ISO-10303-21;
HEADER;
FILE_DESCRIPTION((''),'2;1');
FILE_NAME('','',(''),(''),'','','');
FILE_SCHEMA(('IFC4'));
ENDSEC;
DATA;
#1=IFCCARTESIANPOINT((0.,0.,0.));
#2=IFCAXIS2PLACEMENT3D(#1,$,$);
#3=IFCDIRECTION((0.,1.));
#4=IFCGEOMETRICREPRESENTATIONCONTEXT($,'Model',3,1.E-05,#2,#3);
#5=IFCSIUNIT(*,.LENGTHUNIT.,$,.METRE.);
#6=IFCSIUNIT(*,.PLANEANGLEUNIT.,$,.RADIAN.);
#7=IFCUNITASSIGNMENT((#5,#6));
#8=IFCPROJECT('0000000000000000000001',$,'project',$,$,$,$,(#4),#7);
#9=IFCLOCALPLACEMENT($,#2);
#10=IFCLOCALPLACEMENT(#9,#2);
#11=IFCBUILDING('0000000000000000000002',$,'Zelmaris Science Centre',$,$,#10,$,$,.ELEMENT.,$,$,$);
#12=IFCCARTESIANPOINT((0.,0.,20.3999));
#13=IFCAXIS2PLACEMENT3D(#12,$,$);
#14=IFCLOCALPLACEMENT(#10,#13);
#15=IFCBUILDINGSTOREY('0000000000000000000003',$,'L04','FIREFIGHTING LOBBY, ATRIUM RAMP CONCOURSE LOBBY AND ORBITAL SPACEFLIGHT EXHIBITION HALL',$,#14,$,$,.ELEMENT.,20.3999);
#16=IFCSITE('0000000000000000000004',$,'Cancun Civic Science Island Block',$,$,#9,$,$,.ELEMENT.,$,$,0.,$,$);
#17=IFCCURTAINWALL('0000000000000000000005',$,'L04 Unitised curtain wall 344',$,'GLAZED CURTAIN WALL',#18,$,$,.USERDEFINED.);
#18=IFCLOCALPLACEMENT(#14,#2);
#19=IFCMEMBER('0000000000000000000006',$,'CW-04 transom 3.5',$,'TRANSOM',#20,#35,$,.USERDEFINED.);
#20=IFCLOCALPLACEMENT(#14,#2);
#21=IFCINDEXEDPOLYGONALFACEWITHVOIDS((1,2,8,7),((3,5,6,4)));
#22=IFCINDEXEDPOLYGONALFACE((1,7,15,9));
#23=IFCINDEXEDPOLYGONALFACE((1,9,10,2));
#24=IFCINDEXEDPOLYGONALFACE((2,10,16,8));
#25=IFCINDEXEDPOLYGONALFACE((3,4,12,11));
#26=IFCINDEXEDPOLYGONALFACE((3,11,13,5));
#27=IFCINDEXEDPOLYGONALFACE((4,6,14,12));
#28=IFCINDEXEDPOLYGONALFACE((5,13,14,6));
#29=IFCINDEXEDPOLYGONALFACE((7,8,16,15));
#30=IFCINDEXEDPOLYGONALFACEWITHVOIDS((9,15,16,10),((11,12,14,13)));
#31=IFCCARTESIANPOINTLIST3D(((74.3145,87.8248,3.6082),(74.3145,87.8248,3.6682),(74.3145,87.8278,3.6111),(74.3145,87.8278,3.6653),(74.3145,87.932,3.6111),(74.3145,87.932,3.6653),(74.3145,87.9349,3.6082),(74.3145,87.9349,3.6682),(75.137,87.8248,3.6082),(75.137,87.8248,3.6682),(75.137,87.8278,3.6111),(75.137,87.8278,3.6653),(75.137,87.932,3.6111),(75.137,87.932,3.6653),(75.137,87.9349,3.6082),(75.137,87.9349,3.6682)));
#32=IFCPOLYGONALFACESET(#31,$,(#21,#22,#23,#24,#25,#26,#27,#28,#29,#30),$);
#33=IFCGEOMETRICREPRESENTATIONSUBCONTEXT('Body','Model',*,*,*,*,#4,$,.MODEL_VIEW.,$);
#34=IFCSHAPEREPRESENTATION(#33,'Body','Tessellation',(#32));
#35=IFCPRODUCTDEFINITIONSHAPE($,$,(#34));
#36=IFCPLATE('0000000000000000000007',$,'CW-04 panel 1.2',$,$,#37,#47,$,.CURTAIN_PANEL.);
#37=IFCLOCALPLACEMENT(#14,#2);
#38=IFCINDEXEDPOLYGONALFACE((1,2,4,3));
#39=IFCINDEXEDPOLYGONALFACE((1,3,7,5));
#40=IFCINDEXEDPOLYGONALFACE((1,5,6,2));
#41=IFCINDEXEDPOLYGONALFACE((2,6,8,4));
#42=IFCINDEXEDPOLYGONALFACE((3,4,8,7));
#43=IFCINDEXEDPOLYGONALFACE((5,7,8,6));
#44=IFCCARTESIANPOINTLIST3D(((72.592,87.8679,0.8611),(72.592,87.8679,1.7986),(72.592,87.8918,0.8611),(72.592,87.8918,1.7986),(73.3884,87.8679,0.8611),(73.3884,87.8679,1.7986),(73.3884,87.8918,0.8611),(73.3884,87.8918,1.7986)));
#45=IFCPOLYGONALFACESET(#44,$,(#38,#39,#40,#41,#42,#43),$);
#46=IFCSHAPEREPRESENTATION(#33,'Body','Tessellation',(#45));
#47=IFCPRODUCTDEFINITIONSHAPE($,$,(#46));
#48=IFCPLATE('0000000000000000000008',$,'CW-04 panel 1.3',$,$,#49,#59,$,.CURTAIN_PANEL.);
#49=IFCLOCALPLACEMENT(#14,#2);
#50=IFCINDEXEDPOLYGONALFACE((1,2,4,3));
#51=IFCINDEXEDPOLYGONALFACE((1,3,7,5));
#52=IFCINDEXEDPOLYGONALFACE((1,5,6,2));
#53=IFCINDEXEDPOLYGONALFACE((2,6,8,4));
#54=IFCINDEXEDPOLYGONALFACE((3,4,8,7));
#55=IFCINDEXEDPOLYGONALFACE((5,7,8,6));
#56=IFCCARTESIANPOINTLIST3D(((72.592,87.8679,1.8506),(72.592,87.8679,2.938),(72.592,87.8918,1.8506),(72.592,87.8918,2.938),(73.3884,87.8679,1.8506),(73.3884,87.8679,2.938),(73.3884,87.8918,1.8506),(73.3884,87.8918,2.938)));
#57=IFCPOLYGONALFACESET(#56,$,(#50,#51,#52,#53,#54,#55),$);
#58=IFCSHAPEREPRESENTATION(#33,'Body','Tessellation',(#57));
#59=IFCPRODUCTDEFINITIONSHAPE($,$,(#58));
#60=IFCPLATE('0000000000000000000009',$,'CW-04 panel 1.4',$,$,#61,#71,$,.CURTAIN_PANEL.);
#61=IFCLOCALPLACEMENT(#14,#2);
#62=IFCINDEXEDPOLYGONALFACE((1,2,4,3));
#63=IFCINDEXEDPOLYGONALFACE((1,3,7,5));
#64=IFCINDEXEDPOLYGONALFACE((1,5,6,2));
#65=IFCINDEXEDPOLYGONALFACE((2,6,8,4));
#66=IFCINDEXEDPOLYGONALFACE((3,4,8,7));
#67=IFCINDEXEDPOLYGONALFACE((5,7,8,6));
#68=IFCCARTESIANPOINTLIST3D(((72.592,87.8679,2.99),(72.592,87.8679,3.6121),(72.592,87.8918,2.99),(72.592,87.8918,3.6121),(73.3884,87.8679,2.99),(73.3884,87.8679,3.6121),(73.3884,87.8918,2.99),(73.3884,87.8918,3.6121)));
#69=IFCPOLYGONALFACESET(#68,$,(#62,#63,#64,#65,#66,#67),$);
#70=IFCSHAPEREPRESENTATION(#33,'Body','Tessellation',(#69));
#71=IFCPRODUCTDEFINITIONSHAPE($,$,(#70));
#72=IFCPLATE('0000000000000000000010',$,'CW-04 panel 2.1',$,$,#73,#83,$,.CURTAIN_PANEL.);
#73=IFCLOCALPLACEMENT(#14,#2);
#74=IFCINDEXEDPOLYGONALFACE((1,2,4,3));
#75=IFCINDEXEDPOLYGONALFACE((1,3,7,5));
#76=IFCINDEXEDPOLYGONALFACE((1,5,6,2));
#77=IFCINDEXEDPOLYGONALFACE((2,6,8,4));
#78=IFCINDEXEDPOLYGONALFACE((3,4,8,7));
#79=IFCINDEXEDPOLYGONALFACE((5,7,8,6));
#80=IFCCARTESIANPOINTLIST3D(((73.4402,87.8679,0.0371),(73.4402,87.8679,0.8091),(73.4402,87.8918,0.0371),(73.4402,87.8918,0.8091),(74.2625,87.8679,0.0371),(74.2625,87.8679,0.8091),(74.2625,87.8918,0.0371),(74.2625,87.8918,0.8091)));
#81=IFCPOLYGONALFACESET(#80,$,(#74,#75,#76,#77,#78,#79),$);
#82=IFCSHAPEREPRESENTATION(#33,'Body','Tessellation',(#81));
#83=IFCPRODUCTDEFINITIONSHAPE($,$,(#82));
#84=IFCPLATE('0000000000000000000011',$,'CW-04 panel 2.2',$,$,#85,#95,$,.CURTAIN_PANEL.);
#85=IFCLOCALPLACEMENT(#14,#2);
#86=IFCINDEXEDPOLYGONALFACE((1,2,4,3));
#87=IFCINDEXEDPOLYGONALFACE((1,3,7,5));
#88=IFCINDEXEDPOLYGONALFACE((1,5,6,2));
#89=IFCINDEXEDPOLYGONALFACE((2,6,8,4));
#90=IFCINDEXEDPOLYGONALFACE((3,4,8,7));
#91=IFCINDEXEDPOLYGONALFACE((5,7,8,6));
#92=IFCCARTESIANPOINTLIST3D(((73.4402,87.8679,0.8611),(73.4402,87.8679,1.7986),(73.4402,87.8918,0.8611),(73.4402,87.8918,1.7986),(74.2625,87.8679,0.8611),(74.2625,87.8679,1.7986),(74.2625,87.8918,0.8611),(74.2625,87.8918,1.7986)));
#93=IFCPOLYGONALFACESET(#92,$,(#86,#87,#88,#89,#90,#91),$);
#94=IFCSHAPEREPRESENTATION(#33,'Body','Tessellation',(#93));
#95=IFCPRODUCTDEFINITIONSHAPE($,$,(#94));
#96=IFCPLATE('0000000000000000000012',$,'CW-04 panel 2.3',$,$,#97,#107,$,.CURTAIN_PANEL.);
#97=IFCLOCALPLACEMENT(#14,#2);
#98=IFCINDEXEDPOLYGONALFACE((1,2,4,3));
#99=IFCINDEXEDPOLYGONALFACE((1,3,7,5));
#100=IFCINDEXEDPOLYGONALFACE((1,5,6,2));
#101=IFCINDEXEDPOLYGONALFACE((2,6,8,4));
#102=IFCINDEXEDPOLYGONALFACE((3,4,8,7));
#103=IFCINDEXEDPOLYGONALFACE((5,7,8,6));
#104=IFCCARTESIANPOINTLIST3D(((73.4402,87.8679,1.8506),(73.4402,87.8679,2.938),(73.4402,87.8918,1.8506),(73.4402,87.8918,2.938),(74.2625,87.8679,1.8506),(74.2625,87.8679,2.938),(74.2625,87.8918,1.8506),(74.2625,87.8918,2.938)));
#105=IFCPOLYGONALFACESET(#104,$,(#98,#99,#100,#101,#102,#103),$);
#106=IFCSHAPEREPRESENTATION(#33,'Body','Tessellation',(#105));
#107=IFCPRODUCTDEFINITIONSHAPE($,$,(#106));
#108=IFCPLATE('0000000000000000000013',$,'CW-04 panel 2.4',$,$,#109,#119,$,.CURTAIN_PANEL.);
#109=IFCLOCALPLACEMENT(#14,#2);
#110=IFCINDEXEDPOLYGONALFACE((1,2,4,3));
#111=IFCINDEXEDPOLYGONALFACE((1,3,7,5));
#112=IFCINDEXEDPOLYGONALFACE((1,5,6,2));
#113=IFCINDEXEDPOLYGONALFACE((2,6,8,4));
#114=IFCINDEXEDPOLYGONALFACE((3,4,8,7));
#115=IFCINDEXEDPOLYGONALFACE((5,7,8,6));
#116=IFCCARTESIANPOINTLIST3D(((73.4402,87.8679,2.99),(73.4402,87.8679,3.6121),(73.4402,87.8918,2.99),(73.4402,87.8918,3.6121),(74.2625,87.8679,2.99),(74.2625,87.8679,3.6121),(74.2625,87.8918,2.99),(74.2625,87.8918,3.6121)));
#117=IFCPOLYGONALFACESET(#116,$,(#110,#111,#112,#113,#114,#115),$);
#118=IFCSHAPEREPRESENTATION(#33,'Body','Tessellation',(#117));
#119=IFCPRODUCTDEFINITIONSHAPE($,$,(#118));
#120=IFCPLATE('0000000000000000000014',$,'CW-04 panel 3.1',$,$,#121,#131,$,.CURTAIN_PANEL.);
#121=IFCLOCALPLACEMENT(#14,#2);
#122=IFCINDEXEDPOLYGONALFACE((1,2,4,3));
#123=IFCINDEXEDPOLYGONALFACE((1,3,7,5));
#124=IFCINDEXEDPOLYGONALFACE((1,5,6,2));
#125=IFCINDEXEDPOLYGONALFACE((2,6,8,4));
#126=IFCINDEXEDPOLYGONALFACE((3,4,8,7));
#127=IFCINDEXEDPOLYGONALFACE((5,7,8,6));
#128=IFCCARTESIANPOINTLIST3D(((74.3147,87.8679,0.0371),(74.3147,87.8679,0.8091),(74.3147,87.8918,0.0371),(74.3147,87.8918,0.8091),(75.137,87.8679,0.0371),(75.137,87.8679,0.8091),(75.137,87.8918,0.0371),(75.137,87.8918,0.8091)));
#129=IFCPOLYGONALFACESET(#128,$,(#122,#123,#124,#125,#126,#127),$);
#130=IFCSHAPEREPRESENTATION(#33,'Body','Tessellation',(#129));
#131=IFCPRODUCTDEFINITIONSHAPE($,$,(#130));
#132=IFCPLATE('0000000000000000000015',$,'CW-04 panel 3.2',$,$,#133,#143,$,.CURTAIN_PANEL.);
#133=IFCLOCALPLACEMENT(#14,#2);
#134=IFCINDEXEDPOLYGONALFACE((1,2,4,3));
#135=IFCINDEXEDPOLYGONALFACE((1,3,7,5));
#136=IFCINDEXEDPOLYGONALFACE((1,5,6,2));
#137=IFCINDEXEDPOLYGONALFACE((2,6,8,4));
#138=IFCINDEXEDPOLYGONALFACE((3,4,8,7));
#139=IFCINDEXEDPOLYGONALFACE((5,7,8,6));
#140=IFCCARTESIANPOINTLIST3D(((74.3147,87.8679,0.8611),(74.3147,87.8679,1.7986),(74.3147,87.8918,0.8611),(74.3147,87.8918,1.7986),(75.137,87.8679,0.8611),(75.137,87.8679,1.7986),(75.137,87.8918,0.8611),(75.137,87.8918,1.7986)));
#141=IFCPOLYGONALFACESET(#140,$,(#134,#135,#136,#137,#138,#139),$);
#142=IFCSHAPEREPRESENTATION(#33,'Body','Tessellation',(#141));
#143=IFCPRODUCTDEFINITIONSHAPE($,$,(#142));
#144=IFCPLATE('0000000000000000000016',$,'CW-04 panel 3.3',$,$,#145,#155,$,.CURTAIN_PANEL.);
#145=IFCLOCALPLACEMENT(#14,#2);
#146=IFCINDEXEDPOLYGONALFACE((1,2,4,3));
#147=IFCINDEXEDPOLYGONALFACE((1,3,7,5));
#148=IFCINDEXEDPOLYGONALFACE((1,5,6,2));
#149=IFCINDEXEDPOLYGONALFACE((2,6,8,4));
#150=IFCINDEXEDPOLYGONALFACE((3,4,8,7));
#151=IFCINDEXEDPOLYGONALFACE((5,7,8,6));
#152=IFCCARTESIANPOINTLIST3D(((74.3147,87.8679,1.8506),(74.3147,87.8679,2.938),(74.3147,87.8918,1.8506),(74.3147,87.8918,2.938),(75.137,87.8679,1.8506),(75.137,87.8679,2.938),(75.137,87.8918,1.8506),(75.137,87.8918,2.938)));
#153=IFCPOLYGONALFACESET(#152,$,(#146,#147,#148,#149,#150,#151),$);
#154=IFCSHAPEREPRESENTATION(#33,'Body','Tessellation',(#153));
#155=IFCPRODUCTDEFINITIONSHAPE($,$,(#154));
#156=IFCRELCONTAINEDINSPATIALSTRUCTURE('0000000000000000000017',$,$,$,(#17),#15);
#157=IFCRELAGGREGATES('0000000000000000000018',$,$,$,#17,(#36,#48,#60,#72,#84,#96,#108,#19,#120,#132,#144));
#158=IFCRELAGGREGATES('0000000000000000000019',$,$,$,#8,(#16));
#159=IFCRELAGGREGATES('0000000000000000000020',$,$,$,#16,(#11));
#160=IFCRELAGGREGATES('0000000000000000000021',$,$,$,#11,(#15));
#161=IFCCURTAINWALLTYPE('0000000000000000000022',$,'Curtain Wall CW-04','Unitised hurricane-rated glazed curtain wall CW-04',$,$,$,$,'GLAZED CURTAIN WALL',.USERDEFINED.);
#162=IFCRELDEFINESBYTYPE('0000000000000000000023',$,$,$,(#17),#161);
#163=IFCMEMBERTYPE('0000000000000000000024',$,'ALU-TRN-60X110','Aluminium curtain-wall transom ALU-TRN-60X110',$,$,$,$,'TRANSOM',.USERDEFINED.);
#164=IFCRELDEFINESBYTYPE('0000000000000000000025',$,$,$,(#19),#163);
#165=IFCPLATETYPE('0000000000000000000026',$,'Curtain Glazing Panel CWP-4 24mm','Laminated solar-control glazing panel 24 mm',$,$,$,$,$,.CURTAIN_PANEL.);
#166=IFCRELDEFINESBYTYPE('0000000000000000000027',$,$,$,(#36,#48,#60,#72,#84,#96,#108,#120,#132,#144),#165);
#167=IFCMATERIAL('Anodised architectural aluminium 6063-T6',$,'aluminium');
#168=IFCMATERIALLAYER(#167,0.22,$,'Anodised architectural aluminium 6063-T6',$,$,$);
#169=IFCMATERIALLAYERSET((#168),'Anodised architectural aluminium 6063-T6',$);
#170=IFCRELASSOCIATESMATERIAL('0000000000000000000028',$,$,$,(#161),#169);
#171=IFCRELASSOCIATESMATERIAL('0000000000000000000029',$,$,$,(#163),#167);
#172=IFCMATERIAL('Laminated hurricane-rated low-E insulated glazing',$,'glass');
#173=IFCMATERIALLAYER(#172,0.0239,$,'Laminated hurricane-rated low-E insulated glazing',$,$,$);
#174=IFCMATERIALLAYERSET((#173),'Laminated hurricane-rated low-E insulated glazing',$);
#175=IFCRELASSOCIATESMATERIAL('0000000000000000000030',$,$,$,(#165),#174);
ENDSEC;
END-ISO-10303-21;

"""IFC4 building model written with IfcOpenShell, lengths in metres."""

from ifc_helpers import new_model, si_unit, direction, frame, origin, origin_2d, place, context, subcontext, project, spatial, rectangle, hollow_rectangle, extrude, material, layer, layer_set, material_profile, profile_set, type_object, element, aggregate, save


model = new_model("IFC4")

# Units and contexts
model_context = context("Model", 3, precision=1e-05, world=origin(), true_north=direction((0.0, 1.0)))
body_context = subcontext(model_context, "Body", "Model", "MODEL_VIEW")
ifc_project = project(units=[si_unit("LENGTHUNIT", "METRE"), si_unit("PLANEANGLEUNIT", "RADIAN")], contexts=[model_context])

# Site, building, storey
site_placement = place(None, origin())
site = spatial("IfcSite", under=ifc_project, at=site_placement, Name="Cancun Civic Science Island Block", CompositionType="ELEMENT", RefElevation=0.0)
building_placement = place(site_placement, origin())
building = spatial("IfcBuilding", under=site, at=building_placement, Name="Zelmaris Science Centre", CompositionType="ELEMENT")
storey_placement = place(building_placement, frame((0.0, 0.0, 20.3999)))
storey = spatial("IfcBuildingStorey", under=building, at=storey_placement, Name="L04", Description="FIREFIGHTING LOBBY, ATRIUM RAMP CONCOURSE LOBBY AND ORBITAL SPACEFLIGHT EXHIBITION HALL", CompositionType="ELEMENT", Elevation=20.3999)

# Curtain wall, member, plates
ifc_material_1 = material(Name="Anodised architectural aluminium 6063-T6", Category="aluminium")
ifc_layer_1 = layer(ifc_material_1, 0.22, Name="Anodised architectural aluminium 6063-T6")
ifc_layer_set_1 = layer_set([ifc_layer_1], Name="Anodised architectural aluminium 6063-T6")
curtain_wall_type = type_object("IfcCurtainWallType", Name="Curtain Wall CW-04", Description="Unitised hurricane-rated glazed curtain wall CW-04", ElementType="GLAZED CURTAIN WALL", PredefinedType="USERDEFINED", material=ifc_layer_set_1)
curtain_wall_placement = place(storey_placement, origin())
curtain_wall = element("IfcCurtainWall", 1, at=curtain_wall_placement, inside=storey, type_object=curtain_wall_type, Name="L04 Unitised curtain wall 344", ObjectType="GLAZED CURTAIN WALL", PredefinedType="USERDEFINED")
ifc_material_profile_1 = material_profile(ifc_material_1, hollow_rectangle(XDim=0.0601, YDim=0.1101, WallThickness=0.0029, at=origin_2d()), Name="ALU-TRN-60X110")
ifc_profile_set_1 = profile_set([ifc_material_profile_1], Name="Anodised architectural aluminium 6063-T6")
member_type_1 = type_object("IfcMemberType", Name="ALU-TRN-60X110", Description="Aluminium curtain-wall transom ALU-TRN-60X110", ElementType="TRANSOM", PredefinedType="USERDEFINED", material=ifc_profile_set_1)
member_1_placement = place(storey_placement, frame((74.3145, 87.8799, 3.6382), z_axis=(1.0, 0.0, 0.0), x_axis=(0.0, 0.0, 1.0)))
member_1 = element("IfcMember", 2, at=member_1_placement, type_object=member_type_1, Name="CW-04 transom 3.5", ObjectType="TRANSOM", PredefinedType="USERDEFINED", context=body_context, shape_type="SweptSolid", body=[
    extrude(hollow_rectangle(XDim=0.0601, YDim=0.1101, WallThickness=0.0029, at=origin_2d()), origin(), (0.0, 0.0, 1.0), 0.8225),
])
ifc_material_2 = material(Name="Laminated hurricane-rated low-E insulated glazing", Category="glass")
ifc_layer_2 = layer(ifc_material_2, 0.0239, Name="Laminated hurricane-rated low-E insulated glazing")
ifc_layer_set_2 = layer_set([ifc_layer_2], Name="Laminated hurricane-rated low-E insulated glazing")
plate_type = type_object("IfcPlateType", Name="Curtain Glazing Panel CWP-4 24mm", Description="Laminated solar-control glazing panel 24 mm", PredefinedType="CURTAIN_PANEL", material=ifc_layer_set_2)
plate_1_placement = place(storey_placement, frame((72.9902, 87.8799, 0.8611), z_axis=(0.0, 0.0, 1.0), x_axis=(1.0, 0.0, 0.0)))
plate_1 = element("IfcPlate", 3, at=plate_1_placement, type_object=plate_type, Name="CW-04 panel 1.2", PredefinedType="CURTAIN_PANEL", context=body_context, shape_type="SweptSolid", body=[
    extrude(rectangle(XDim=0.7964, YDim=0.0239, at=origin_2d()), origin(), (0.0, 0.0, 1.0), 0.9375),
])
plate_2_placement = place(storey_placement, frame((72.9902, 87.8799, 1.8506), z_axis=(0.0, 0.0, 1.0), x_axis=(1.0, 0.0, 0.0)))
plate_2 = element("IfcPlate", 4, at=plate_2_placement, type_object=plate_type, Name="CW-04 panel 1.3", PredefinedType="CURTAIN_PANEL", context=body_context, shape_type="SweptSolid", body=[
    extrude(rectangle(XDim=0.7964, YDim=0.0239, at=origin_2d()), origin(), (0.0, 0.0, 1.0), 1.0874),
])
plate_3_placement = place(storey_placement, frame((72.9902, 87.8799, 2.99), z_axis=(0.0, 0.0, 1.0), x_axis=(1.0, 0.0, 0.0)))
plate_3 = element("IfcPlate", 5, at=plate_3_placement, type_object=plate_type, Name="CW-04 panel 1.4", PredefinedType="CURTAIN_PANEL", context=body_context, shape_type="SweptSolid", body=[
    extrude(rectangle(XDim=0.7964, YDim=0.0239, at=origin_2d()), origin(), (0.0, 0.0, 1.0), 0.6221),
])
plate_4_placement = place(storey_placement, frame((73.8513, 87.8799, 0.0371), z_axis=(0.0, 0.0, 1.0), x_axis=(1.0, 0.0, 0.0)))
plate_4 = element("IfcPlate", 6, at=plate_4_placement, type_object=plate_type, Name="CW-04 panel 2.1", PredefinedType="CURTAIN_PANEL", context=body_context, shape_type="SweptSolid", body=[
    extrude(rectangle(XDim=0.8223, YDim=0.0239, at=origin_2d()), origin(), (0.0, 0.0, 1.0), 0.772),
])
plate_5_placement = place(storey_placement, frame((73.8513, 87.8799, 0.8611), z_axis=(0.0, 0.0, 1.0), x_axis=(1.0, 0.0, 0.0)))
plate_5 = element("IfcPlate", 7, at=plate_5_placement, type_object=plate_type, Name="CW-04 panel 2.2", PredefinedType="CURTAIN_PANEL", context=body_context, shape_type="SweptSolid", body=[
    extrude(rectangle(XDim=0.8223, YDim=0.0239, at=origin_2d()), origin(), (0.0, 0.0, 1.0), 0.9375),
])
plate_6_placement = place(storey_placement, frame((73.8513, 87.8799, 1.8506), z_axis=(0.0, 0.0, 1.0), x_axis=(1.0, 0.0, 0.0)))
plate_6 = element("IfcPlate", 8, at=plate_6_placement, type_object=plate_type, Name="CW-04 panel 2.3", PredefinedType="CURTAIN_PANEL", context=body_context, shape_type="SweptSolid", body=[
    extrude(rectangle(XDim=0.8223, YDim=0.0239, at=origin_2d()), origin(), (0.0, 0.0, 1.0), 1.0874),
])
plate_7_placement = place(storey_placement, frame((73.8513, 87.8799, 2.99), z_axis=(0.0, 0.0, 1.0), x_axis=(1.0, 0.0, 0.0)))
plate_7 = element("IfcPlate", 9, at=plate_7_placement, type_object=plate_type, Name="CW-04 panel 2.4", PredefinedType="CURTAIN_PANEL", context=body_context, shape_type="SweptSolid", body=[
    extrude(rectangle(XDim=0.8223, YDim=0.0239, at=origin_2d()), origin(), (0.0, 0.0, 1.0), 0.6221),
])
plate_8_placement = place(storey_placement, frame((74.7258, 87.8799, 0.0371), z_axis=(0.0, 0.0, 1.0), x_axis=(1.0, 0.0, 0.0)))
plate_8 = element("IfcPlate", 10, at=plate_8_placement, type_object=plate_type, Name="CW-04 panel 3.1", PredefinedType="CURTAIN_PANEL", context=body_context, shape_type="SweptSolid", body=[
    extrude(rectangle(XDim=0.8223, YDim=0.0239, at=origin_2d()), origin(), (0.0, 0.0, 1.0), 0.772),
])
plate_9_placement = place(storey_placement, frame((74.7258, 87.8799, 0.8611), z_axis=(0.0, 0.0, 1.0), x_axis=(1.0, 0.0, 0.0)))
plate_9 = element("IfcPlate", 11, at=plate_9_placement, type_object=plate_type, Name="CW-04 panel 3.2", PredefinedType="CURTAIN_PANEL", context=body_context, shape_type="SweptSolid", body=[
    extrude(rectangle(XDim=0.8223, YDim=0.0239, at=origin_2d()), origin(), (0.0, 0.0, 1.0), 0.9375),
])
plate_10_placement = place(storey_placement, frame((74.7258, 87.8799, 1.8506), z_axis=(0.0, 0.0, 1.0), x_axis=(1.0, 0.0, 0.0)))
plate_10 = element("IfcPlate", 12, at=plate_10_placement, type_object=plate_type, Name="CW-04 panel 3.3", PredefinedType="CURTAIN_PANEL", context=body_context, shape_type="SweptSolid", body=[
    extrude(rectangle(XDim=0.8223, YDim=0.0239, at=origin_2d()), origin(), (0.0, 0.0, 1.0), 1.0874),
])
aggregate(curtain_wall, [plate_1, plate_2, plate_3, plate_4, plate_5, plate_6, plate_7, member_1, plate_8, plate_9, plate_10])

save(model, "model.ifc")
